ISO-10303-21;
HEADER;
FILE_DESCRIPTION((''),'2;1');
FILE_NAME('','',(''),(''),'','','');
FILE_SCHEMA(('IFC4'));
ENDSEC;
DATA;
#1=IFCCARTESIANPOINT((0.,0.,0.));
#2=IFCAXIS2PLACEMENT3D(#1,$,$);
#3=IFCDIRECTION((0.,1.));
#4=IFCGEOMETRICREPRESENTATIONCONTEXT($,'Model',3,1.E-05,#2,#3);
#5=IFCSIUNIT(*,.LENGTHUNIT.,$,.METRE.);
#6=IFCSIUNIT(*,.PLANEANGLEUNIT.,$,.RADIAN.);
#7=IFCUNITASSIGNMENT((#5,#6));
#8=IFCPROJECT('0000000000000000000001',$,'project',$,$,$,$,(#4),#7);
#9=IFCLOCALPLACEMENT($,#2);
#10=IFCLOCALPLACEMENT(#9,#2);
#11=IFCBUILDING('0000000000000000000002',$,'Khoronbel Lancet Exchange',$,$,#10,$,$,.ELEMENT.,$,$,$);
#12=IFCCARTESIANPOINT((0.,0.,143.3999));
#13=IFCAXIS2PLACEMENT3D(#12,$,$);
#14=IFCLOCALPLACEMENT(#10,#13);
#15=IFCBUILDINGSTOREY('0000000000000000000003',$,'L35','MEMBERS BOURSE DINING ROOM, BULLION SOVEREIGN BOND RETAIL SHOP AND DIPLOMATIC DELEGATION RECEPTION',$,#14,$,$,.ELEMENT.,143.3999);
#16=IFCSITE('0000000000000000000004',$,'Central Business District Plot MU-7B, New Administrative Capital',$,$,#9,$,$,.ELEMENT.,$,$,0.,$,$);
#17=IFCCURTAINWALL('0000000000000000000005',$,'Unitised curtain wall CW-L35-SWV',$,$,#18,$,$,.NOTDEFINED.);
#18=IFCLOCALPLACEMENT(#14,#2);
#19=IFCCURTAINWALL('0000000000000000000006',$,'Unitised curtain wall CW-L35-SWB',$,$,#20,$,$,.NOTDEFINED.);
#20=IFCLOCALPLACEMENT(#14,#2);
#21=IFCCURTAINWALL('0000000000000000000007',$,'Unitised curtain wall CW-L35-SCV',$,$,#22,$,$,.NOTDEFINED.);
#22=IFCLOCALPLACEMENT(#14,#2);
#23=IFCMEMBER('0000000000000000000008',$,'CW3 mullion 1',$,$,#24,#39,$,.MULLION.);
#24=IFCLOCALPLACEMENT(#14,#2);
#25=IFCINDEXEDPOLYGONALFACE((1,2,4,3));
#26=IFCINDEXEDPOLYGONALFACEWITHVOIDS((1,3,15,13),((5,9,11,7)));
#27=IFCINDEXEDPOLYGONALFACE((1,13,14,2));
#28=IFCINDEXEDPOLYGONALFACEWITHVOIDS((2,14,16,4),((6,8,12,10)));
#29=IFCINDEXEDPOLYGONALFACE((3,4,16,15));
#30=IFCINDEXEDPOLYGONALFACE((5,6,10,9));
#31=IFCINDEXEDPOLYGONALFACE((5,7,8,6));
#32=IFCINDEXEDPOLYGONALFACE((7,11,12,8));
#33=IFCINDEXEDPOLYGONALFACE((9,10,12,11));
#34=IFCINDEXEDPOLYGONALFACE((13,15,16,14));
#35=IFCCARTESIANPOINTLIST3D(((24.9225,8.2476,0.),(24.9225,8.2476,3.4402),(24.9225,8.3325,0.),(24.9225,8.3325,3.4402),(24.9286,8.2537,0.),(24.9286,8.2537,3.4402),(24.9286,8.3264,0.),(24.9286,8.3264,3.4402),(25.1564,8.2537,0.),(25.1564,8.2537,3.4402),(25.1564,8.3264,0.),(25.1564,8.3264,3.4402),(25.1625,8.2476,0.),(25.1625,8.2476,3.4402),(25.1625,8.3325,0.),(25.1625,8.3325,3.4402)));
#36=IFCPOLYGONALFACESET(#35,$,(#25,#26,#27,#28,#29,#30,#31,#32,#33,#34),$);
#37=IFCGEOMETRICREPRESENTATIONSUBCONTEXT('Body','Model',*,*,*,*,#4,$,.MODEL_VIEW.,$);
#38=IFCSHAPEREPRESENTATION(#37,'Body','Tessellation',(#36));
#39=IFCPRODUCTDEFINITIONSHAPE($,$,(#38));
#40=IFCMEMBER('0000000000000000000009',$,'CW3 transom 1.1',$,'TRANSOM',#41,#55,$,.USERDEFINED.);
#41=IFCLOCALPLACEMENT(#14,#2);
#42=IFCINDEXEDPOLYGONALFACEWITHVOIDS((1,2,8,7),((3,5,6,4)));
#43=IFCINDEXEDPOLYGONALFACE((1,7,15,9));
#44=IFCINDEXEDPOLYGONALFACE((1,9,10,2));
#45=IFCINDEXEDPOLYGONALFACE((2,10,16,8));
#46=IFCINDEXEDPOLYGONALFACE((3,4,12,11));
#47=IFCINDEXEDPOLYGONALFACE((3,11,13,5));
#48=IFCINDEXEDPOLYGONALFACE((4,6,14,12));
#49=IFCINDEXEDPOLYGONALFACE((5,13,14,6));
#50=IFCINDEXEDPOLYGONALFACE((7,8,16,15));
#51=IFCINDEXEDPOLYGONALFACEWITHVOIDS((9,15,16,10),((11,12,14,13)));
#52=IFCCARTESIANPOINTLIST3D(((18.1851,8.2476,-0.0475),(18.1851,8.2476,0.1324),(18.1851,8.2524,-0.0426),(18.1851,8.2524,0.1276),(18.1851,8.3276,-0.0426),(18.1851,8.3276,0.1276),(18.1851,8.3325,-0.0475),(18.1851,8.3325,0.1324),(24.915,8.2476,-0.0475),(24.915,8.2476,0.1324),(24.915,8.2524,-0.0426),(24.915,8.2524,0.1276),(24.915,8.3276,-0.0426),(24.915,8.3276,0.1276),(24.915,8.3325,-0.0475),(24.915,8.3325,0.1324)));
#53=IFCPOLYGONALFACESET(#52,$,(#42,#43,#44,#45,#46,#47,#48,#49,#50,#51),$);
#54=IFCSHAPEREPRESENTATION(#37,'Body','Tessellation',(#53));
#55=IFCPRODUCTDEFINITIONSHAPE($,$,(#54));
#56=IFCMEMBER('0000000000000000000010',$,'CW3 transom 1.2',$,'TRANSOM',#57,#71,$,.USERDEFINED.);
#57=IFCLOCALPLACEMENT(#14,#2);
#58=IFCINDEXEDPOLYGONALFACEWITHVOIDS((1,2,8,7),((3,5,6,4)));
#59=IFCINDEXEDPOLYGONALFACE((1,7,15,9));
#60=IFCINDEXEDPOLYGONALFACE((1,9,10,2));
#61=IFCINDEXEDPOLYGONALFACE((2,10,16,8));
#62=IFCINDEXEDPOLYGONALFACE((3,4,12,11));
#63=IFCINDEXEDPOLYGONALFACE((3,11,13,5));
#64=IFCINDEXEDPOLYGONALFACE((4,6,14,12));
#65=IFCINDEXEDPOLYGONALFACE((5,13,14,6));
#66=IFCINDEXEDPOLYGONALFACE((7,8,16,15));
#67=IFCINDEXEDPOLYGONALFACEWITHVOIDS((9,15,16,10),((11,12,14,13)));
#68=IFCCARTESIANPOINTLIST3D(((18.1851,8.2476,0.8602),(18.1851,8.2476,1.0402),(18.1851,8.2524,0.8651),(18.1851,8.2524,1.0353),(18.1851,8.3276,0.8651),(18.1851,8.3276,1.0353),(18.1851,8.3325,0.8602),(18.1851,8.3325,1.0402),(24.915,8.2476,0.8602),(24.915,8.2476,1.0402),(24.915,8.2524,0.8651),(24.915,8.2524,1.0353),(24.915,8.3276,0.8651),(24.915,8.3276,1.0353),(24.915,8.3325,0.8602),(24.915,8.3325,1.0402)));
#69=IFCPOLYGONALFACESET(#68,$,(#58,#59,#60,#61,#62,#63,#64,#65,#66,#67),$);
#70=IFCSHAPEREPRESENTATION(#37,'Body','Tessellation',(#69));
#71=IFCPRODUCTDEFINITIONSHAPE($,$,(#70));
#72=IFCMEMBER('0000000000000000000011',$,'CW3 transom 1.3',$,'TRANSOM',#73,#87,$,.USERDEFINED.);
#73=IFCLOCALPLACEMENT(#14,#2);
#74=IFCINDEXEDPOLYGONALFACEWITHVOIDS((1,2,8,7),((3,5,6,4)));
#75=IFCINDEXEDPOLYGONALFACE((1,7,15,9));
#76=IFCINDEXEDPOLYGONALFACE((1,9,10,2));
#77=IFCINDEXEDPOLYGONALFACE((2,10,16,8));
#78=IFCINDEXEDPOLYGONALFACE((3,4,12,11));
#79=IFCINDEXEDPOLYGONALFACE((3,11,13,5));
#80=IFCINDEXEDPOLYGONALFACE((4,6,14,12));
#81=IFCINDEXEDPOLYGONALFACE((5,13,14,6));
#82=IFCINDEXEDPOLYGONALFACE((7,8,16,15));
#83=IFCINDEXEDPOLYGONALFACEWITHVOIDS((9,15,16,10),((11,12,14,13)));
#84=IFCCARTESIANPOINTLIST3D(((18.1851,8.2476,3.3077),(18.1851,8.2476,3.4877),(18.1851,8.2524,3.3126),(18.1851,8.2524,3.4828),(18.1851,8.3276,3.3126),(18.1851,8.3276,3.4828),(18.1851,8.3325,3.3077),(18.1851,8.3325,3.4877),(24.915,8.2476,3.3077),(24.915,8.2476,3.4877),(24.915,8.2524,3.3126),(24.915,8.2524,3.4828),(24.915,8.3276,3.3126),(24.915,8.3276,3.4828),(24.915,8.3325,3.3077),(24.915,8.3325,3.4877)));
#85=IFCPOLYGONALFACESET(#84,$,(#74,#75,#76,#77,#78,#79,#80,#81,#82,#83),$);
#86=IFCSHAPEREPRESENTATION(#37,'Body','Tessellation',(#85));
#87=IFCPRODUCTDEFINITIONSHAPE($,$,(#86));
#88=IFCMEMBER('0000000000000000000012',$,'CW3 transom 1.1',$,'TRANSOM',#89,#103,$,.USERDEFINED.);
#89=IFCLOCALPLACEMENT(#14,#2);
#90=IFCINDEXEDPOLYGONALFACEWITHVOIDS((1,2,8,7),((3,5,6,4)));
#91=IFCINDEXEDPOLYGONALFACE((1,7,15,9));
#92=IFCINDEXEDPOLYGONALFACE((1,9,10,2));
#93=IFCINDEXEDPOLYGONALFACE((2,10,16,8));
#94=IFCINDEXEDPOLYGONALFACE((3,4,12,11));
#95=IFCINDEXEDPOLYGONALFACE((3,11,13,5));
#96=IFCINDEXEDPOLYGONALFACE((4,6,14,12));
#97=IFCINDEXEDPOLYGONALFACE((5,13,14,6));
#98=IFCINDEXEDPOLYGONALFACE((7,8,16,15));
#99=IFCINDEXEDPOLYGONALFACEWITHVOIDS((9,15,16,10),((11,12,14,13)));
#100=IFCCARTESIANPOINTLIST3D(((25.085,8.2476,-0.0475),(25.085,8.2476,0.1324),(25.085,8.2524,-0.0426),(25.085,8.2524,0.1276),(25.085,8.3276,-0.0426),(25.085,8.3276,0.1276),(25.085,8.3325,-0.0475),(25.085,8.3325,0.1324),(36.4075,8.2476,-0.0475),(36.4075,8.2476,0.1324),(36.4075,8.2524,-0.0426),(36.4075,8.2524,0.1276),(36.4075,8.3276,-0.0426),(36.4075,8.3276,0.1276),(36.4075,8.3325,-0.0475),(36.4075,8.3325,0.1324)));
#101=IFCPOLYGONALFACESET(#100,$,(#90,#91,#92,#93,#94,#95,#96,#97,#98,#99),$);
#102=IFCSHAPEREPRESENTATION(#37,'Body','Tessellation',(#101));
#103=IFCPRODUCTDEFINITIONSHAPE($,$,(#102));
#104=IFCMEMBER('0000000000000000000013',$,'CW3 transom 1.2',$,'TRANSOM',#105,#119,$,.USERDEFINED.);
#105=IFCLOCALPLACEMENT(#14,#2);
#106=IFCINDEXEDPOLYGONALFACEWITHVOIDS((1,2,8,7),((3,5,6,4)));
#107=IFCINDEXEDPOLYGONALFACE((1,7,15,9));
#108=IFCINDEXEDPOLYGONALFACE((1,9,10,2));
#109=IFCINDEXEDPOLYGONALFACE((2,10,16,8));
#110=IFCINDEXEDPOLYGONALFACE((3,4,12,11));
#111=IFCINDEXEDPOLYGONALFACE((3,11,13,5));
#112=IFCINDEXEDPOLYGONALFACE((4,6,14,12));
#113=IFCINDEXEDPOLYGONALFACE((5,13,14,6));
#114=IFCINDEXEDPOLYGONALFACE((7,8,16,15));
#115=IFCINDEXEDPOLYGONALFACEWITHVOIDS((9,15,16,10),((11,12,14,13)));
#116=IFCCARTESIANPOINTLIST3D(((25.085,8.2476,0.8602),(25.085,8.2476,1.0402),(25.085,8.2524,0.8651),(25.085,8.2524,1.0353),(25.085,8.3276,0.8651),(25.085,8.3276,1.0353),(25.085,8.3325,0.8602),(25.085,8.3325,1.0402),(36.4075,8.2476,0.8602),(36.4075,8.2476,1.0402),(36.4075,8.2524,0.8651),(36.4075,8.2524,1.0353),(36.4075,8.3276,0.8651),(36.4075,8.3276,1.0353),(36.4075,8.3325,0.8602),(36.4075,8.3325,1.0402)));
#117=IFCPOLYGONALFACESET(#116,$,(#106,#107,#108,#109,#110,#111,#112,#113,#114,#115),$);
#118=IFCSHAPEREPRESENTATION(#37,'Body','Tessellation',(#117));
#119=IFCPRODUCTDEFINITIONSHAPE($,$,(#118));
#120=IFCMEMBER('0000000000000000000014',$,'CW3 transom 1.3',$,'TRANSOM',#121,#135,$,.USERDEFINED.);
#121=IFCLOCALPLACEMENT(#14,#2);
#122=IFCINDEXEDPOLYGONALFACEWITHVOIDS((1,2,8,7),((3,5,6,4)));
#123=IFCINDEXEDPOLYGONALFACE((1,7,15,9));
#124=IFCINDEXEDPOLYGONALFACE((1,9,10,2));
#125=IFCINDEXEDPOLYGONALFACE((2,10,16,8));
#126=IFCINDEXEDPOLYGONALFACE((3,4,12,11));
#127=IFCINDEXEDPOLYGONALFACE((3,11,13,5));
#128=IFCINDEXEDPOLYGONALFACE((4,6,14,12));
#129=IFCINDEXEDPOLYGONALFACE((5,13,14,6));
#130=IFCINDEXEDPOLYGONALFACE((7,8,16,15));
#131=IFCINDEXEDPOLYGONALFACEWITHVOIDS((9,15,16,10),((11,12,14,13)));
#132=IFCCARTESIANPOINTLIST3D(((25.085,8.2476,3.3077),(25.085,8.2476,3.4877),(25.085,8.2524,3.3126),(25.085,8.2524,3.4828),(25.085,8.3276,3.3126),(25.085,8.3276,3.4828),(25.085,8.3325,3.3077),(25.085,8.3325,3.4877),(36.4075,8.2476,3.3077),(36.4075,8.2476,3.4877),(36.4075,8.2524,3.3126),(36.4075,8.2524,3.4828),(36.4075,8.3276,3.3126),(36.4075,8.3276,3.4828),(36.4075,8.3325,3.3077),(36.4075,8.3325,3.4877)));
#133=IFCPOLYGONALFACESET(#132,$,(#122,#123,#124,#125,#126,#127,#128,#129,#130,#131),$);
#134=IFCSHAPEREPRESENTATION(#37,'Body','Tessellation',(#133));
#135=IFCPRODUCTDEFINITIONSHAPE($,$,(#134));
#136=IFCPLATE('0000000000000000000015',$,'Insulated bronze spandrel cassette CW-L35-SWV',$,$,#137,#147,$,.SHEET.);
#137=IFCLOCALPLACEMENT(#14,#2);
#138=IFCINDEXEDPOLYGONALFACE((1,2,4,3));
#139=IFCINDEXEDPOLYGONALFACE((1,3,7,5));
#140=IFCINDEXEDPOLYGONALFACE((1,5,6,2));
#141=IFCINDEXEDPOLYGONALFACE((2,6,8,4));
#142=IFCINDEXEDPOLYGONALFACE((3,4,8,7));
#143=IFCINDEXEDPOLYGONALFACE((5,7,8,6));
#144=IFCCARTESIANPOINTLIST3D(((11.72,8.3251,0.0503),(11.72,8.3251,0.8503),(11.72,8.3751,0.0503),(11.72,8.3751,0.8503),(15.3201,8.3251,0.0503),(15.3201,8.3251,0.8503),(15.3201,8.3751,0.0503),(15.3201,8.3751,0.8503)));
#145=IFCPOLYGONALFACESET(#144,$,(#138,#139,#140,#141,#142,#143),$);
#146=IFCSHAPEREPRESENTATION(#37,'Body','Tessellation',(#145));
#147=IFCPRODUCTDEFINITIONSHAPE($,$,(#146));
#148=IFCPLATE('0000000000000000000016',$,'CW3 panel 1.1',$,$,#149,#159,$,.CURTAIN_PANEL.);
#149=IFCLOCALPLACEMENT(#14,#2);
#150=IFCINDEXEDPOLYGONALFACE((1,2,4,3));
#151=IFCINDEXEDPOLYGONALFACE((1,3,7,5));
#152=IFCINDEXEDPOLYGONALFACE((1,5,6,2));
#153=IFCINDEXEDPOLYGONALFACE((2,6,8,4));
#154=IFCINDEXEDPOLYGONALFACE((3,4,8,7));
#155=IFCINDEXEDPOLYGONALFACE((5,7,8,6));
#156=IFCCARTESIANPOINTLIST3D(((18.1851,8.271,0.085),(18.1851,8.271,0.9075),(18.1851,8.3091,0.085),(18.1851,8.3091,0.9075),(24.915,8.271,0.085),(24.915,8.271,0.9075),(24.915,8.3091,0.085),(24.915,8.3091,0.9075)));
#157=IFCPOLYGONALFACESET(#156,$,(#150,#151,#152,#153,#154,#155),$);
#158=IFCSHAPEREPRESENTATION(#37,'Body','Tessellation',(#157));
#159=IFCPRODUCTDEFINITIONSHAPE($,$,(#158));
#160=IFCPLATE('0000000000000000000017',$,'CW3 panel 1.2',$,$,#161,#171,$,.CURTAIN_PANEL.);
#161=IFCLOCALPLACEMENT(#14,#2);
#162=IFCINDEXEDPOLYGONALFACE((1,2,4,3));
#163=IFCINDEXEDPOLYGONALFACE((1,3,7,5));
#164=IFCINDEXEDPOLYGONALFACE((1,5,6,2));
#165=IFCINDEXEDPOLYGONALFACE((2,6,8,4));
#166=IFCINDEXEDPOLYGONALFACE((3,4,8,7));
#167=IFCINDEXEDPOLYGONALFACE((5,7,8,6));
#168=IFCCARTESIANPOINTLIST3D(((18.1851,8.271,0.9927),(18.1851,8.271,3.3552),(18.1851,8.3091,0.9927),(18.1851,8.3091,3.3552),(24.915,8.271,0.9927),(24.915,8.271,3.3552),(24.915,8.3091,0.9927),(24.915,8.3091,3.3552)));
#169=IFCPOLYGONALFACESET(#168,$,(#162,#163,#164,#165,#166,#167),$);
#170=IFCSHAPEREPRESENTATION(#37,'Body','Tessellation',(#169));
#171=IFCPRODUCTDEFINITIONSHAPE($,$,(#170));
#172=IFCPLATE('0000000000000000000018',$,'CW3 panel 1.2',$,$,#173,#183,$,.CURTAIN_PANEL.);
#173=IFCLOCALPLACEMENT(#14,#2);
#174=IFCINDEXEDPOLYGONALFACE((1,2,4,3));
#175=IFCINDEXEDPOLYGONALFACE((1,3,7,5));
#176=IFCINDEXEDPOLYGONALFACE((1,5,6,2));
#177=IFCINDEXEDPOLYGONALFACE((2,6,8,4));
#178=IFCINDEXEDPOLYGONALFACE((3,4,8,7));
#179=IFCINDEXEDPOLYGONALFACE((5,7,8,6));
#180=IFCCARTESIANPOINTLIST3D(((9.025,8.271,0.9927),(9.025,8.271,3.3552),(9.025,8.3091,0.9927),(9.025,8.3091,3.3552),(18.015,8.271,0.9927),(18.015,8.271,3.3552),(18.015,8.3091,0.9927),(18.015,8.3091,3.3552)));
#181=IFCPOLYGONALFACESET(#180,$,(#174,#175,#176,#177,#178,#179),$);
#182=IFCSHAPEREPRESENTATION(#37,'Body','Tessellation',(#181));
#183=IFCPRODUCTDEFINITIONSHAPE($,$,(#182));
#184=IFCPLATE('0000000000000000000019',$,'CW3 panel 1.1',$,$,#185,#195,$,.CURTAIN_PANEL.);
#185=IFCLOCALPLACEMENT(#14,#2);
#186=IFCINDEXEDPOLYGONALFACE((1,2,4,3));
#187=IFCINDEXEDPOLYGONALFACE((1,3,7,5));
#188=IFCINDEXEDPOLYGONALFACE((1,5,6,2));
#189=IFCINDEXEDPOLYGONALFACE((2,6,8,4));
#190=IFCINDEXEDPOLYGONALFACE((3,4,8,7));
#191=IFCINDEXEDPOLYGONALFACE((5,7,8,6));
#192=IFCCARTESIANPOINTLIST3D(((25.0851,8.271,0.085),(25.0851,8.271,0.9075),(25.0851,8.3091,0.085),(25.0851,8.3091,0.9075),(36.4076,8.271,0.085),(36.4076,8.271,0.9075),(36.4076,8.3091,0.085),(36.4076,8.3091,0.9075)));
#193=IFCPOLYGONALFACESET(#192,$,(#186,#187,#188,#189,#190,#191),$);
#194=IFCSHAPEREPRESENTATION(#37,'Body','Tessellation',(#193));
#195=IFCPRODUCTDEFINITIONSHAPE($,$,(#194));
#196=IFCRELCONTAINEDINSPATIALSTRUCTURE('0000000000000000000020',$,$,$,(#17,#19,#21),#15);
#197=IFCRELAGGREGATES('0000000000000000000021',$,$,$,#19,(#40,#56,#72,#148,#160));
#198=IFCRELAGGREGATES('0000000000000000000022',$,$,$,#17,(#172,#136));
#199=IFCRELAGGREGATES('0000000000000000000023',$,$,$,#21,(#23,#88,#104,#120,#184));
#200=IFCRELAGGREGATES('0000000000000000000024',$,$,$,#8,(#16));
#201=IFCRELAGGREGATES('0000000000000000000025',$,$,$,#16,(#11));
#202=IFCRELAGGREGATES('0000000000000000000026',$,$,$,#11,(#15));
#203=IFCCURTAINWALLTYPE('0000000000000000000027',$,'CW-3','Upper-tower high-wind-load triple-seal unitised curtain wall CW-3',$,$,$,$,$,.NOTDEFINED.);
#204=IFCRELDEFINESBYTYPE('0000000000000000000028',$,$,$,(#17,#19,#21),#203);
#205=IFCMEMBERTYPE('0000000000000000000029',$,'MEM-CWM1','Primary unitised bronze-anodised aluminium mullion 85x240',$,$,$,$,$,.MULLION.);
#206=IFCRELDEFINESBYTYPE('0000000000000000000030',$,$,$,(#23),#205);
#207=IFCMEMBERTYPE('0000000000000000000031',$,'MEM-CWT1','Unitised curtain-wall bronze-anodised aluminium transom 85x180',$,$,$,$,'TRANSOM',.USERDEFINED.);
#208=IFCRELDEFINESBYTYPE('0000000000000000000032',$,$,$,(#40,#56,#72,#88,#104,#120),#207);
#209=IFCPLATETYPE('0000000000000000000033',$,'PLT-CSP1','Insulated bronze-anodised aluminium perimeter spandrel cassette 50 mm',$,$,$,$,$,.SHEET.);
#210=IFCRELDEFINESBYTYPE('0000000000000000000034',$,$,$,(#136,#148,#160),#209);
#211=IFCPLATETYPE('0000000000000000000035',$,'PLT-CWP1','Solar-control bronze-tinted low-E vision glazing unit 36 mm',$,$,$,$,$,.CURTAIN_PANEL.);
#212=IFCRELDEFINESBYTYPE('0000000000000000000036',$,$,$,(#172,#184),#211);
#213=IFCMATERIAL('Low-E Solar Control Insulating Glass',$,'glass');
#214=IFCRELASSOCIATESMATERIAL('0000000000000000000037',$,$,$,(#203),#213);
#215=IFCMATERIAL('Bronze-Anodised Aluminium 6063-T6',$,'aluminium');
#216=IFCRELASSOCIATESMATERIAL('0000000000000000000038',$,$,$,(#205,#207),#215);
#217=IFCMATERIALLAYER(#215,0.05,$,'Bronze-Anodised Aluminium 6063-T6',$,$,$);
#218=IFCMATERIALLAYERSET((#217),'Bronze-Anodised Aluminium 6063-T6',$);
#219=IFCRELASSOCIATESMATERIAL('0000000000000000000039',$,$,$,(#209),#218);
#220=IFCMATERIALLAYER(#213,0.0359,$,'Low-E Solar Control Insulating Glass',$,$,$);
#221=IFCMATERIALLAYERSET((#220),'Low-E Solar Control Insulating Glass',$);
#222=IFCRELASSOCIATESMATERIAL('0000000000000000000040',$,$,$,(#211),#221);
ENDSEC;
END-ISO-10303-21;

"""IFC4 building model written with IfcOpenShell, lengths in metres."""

from ifc_helpers import new_model, si_unit, direction, frame, origin, origin_2d, place, context, subcontext, project, spatial, rectangle, hollow_rectangle, extrude, material, layer, layer_set, material_profile, profile_set, type_object, element, aggregate, save


model = new_model("IFC4")

# Units and contexts
model_context = context("Model", 3, precision=1e-05, world=origin(), true_north=direction((0.0, 1.0)))
body_context = subcontext(model_context, "Body", "Model", "MODEL_VIEW")
ifc_project = project(units=[si_unit("LENGTHUNIT", "METRE"), si_unit("PLANEANGLEUNIT", "RADIAN")], contexts=[model_context])

# Site, building, storey
site_placement = place(None, origin())
site = spatial("IfcSite", under=ifc_project, at=site_placement, Name="Central Business District Plot MU-7B, New Administrative Capital", CompositionType="ELEMENT", RefElevation=0.0)
building_placement = place(site_placement, origin())
building = spatial("IfcBuilding", under=site, at=building_placement, Name="Khoronbel Lancet Exchange", CompositionType="ELEMENT")
storey_placement = place(building_placement, frame((0.0, 0.0, 143.3999)))
storey = spatial("IfcBuildingStorey", under=building, at=storey_placement, Name="L35", Description="MEMBERS BOURSE DINING ROOM, BULLION SOVEREIGN BOND RETAIL SHOP AND DIPLOMATIC DELEGATION RECEPTION", CompositionType="ELEMENT", Elevation=143.3999)

# Curtain wall
ifc_material_1 = material(Name="Low-E Solar Control Insulating Glass", Category="glass")
curtain_wall_type = type_object("IfcCurtainWallType", Name="CW-3", Description="Upper-tower high-wind-load triple-seal unitised curtain wall CW-3", PredefinedType="NOTDEFINED", material=ifc_material_1)
curtain_wall_1_placement = place(storey_placement, origin())
curtain_wall_1 = element("IfcCurtainWall", 1, at=curtain_wall_1_placement, inside=storey, type_object=curtain_wall_type, Name="Unitised curtain wall CW-L35-SWV", PredefinedType="NOTDEFINED")
ifc_material_2 = material(Name="Bronze-Anodised Aluminium 6063-T6", Category="aluminium")
ifc_material_profile_1 = material_profile(ifc_material_2, hollow_rectangle(XDim=0.085, YDim=0.24, WallThickness=0.0061, at=origin_2d()), Name="ALU MULLION 85x240")
ifc_profile_set_1 = profile_set([ifc_material_profile_1], Name="Bronze-Anodised Aluminium 6063-T6")
member_type_1 = type_object("IfcMemberType", Name="MEM-CWM1", Description="Primary unitised bronze-anodised aluminium mullion 85x240", PredefinedType="MULLION", material=ifc_profile_set_1)

# Curtain wall
curtain_wall_2_placement = place(storey_placement, origin())
curtain_wall_2 = element("IfcCurtainWall", 2, at=curtain_wall_2_placement, inside=storey, type_object=curtain_wall_type, Name="Unitised curtain wall CW-L35-SWB", PredefinedType="NOTDEFINED")

# Curtain wall, member
curtain_wall_3_placement = place(storey_placement, origin())
curtain_wall_3 = element("IfcCurtainWall", 3, at=curtain_wall_3_placement, inside=storey, type_object=curtain_wall_type, Name="Unitised curtain wall CW-L35-SCV", PredefinedType="NOTDEFINED")
member_1_placement = place(storey_placement, frame((25.0425, 8.29, 0.0), z_axis=(0.0, 0.0, 1.0), x_axis=(0.0, 1.0, 0.0)))
member_1 = element("IfcMember", 4, at=member_1_placement, type_object=member_type_1, Name="CW3 mullion 1", PredefinedType="MULLION", context=body_context, shape_type="SweptSolid", body=[
    extrude(hollow_rectangle(XDim=0.085, YDim=0.24, WallThickness=0.0061, at=origin_2d()), origin(), (0.0, 0.0, 1.0), 3.4402),
])

# Members
ifc_material_profile_2 = material_profile(ifc_material_2, hollow_rectangle(XDim=0.085, YDim=0.1799, WallThickness=0.0049, at=origin_2d()), Name="ALU TRANSOM 85x180")
ifc_profile_set_2 = profile_set([ifc_material_profile_2], Name="Bronze-Anodised Aluminium 6063-T6")
member_type_2 = type_object("IfcMemberType", Name="MEM-CWT1", Description="Unitised curtain-wall bronze-anodised aluminium transom 85x180", ElementType="TRANSOM", PredefinedType="USERDEFINED", material=ifc_profile_set_2)
member_2_placement = place(storey_placement, frame((18.1851, 8.29, 0.0425), z_axis=(1.0, 0.0, 0.0), x_axis=(0.0, 1.0, 0.0)))
member_2 = element("IfcMember", 5, at=member_2_placement, type_object=member_type_2, Name="CW3 transom 1.1", ObjectType="TRANSOM", PredefinedType="USERDEFINED", context=body_context, shape_type="SweptSolid", body=[
    extrude(hollow_rectangle(XDim=0.085, YDim=0.1799, WallThickness=0.0049, at=origin_2d()), origin(), (0.0, 0.0, 1.0), 6.73),
])
member_3_placement = place(storey_placement, frame((18.1851, 8.29, 0.9502), z_axis=(1.0, 0.0, 0.0), x_axis=(0.0, 1.0, 0.0)))
member_3 = element("IfcMember", 6, at=member_3_placement, type_object=member_type_2, Name="CW3 transom 1.2", ObjectType="TRANSOM", PredefinedType="USERDEFINED", context=body_context, shape_type="SweptSolid", body=[
    extrude(hollow_rectangle(XDim=0.085, YDim=0.1799, WallThickness=0.0049, at=origin_2d()), origin(), (0.0, 0.0, 1.0), 6.73),
])
member_4_placement = place(storey_placement, frame((18.1851, 8.29, 3.3977), z_axis=(1.0, 0.0, 0.0), x_axis=(0.0, 1.0, 0.0)))
member_4 = element("IfcMember", 7, at=member_4_placement, type_object=member_type_2, Name="CW3 transom 1.3", ObjectType="TRANSOM", PredefinedType="USERDEFINED", context=body_context, shape_type="SweptSolid", body=[
    extrude(hollow_rectangle(XDim=0.085, YDim=0.1799, WallThickness=0.0049, at=origin_2d()), origin(), (0.0, 0.0, 1.0), 6.73),
])
member_5_placement = place(storey_placement, frame((25.085, 8.29, 0.0425), z_axis=(1.0, 0.0, 0.0), x_axis=(0.0, 1.0, 0.0)))
member_5 = element("IfcMember", 8, at=member_5_placement, type_object=member_type_2, Name="CW3 transom 1.1", ObjectType="TRANSOM", PredefinedType="USERDEFINED", context=body_context, shape_type="SweptSolid", body=[
    extrude(hollow_rectangle(XDim=0.085, YDim=0.1799, WallThickness=0.0049, at=origin_2d()), origin(), (0.0, 0.0, 1.0), 11.3225),
])
member_6_placement = place(storey_placement, frame((25.085, 8.29, 0.9502), z_axis=(1.0, 0.0, 0.0), x_axis=(0.0, 1.0, 0.0)))
member_6 = element("IfcMember", 9, at=member_6_placement, type_object=member_type_2, Name="CW3 transom 1.2", ObjectType="TRANSOM", PredefinedType="USERDEFINED", context=body_context, shape_type="SweptSolid", body=[
    extrude(hollow_rectangle(XDim=0.085, YDim=0.1799, WallThickness=0.0049, at=origin_2d()), origin(), (0.0, 0.0, 1.0), 11.3225),
])
member_7_placement = place(storey_placement, frame((25.085, 8.29, 3.3977), z_axis=(1.0, 0.0, 0.0), x_axis=(0.0, 1.0, 0.0)))
member_7 = element("IfcMember", 10, at=member_7_placement, type_object=member_type_2, Name="CW3 transom 1.3", ObjectType="TRANSOM", PredefinedType="USERDEFINED", context=body_context, shape_type="SweptSolid", body=[
    extrude(hollow_rectangle(XDim=0.085, YDim=0.1799, WallThickness=0.0049, at=origin_2d()), origin(), (0.0, 0.0, 1.0), 11.3225),
])

# Plates
ifc_layer_1 = layer(ifc_material_2, 0.05, Name="Bronze-Anodised Aluminium 6063-T6")
ifc_layer_set_1 = layer_set([ifc_layer_1], Name="Bronze-Anodised Aluminium 6063-T6")
plate_type_1 = type_object("IfcPlateType", Name="PLT-CSP1", Description="Insulated bronze-anodised aluminium perimeter spandrel cassette 50 mm", PredefinedType="SHEET", material=ifc_layer_set_1)
plate_1_placement = place(storey_placement, frame((13.52, 8.3501, 0.0503), z_axis=(0.0, 0.0, 1.0), x_axis=(1.0, 0.0, 0.0)))
plate_1 = element("IfcPlate", 11, at=plate_1_placement, type_object=plate_type_1, Name="Insulated bronze spandrel cassette CW-L35-SWV", PredefinedType="SHEET", context=body_context, shape_type="SweptSolid", body=[
    extrude(rectangle(XDim=3.6001, YDim=0.05, at=origin_2d()), origin(), (0.0, 0.0, 1.0), 0.8),
])
plate_2_placement = place(storey_placement, frame((21.55, 8.29, 0.085), z_axis=(0.0, 0.0, 1.0), x_axis=(1.0, 0.0, 0.0)))
plate_2 = element("IfcPlate", 12, at=plate_2_placement, type_object=plate_type_1, Name="CW3 panel 1.1", PredefinedType="CURTAIN_PANEL", context=body_context, shape_type="SweptSolid", body=[
    extrude(rectangle(XDim=6.73, YDim=0.0381, at=origin_2d()), origin(), (0.0, 0.0, 1.0), 0.8225),
])
plate_3_placement = place(storey_placement, frame((21.55, 8.29, 0.9927), z_axis=(0.0, 0.0, 1.0), x_axis=(1.0, 0.0, 0.0)))
plate_3 = element("IfcPlate", 13, at=plate_3_placement, type_object=plate_type_1, Name="CW3 panel 1.2", PredefinedType="CURTAIN_PANEL", context=body_context, shape_type="SweptSolid", body=[
    extrude(rectangle(XDim=6.73, YDim=0.0381, at=origin_2d()), origin(), (0.0, 0.0, 1.0), 2.3625),
])
aggregate(curtain_wall_2, [member_2, member_3, member_4, plate_2, plate_3])
ifc_layer_2 = layer(ifc_material_1, 0.0359, Name="Low-E Solar Control Insulating Glass")
ifc_layer_set_2 = layer_set([ifc_layer_2], Name="Low-E Solar Control Insulating Glass")
plate_type_2 = type_object("IfcPlateType", Name="PLT-CWP1", Description="Solar-control bronze-tinted low-E vision glazing unit 36 mm", PredefinedType="CURTAIN_PANEL", material=ifc_layer_set_2)
plate_4_placement = place(storey_placement, frame((13.52, 8.29, 0.9927), z_axis=(0.0, 0.0, 1.0), x_axis=(1.0, 0.0, 0.0)))
plate_4 = element("IfcPlate", 14, at=plate_4_placement, type_object=plate_type_2, Name="CW3 panel 1.2", PredefinedType="CURTAIN_PANEL", context=body_context, shape_type="SweptSolid", body=[
    extrude(rectangle(XDim=8.99, YDim=0.0381, at=origin_2d()), origin(), (0.0, 0.0, 1.0), 2.3625),
])
aggregate(curtain_wall_1, [plate_4, plate_1])
plate_5_placement = place(storey_placement, frame((30.7463, 8.29, 0.085), z_axis=(0.0, 0.0, 1.0), x_axis=(1.0, 0.0, 0.0)))
plate_5 = element("IfcPlate", 15, at=plate_5_placement, type_object=plate_type_2, Name="CW3 panel 1.1", PredefinedType="CURTAIN_PANEL", context=body_context, shape_type="SweptSolid", body=[
    extrude(rectangle(XDim=11.3225, YDim=0.0381, at=origin_2d()), origin(), (0.0, 0.0, 1.0), 0.8225),
])
aggregate(curtain_wall_3, [member_1, member_5, member_6, member_7, plate_5])

save(model, "model.ifc")
